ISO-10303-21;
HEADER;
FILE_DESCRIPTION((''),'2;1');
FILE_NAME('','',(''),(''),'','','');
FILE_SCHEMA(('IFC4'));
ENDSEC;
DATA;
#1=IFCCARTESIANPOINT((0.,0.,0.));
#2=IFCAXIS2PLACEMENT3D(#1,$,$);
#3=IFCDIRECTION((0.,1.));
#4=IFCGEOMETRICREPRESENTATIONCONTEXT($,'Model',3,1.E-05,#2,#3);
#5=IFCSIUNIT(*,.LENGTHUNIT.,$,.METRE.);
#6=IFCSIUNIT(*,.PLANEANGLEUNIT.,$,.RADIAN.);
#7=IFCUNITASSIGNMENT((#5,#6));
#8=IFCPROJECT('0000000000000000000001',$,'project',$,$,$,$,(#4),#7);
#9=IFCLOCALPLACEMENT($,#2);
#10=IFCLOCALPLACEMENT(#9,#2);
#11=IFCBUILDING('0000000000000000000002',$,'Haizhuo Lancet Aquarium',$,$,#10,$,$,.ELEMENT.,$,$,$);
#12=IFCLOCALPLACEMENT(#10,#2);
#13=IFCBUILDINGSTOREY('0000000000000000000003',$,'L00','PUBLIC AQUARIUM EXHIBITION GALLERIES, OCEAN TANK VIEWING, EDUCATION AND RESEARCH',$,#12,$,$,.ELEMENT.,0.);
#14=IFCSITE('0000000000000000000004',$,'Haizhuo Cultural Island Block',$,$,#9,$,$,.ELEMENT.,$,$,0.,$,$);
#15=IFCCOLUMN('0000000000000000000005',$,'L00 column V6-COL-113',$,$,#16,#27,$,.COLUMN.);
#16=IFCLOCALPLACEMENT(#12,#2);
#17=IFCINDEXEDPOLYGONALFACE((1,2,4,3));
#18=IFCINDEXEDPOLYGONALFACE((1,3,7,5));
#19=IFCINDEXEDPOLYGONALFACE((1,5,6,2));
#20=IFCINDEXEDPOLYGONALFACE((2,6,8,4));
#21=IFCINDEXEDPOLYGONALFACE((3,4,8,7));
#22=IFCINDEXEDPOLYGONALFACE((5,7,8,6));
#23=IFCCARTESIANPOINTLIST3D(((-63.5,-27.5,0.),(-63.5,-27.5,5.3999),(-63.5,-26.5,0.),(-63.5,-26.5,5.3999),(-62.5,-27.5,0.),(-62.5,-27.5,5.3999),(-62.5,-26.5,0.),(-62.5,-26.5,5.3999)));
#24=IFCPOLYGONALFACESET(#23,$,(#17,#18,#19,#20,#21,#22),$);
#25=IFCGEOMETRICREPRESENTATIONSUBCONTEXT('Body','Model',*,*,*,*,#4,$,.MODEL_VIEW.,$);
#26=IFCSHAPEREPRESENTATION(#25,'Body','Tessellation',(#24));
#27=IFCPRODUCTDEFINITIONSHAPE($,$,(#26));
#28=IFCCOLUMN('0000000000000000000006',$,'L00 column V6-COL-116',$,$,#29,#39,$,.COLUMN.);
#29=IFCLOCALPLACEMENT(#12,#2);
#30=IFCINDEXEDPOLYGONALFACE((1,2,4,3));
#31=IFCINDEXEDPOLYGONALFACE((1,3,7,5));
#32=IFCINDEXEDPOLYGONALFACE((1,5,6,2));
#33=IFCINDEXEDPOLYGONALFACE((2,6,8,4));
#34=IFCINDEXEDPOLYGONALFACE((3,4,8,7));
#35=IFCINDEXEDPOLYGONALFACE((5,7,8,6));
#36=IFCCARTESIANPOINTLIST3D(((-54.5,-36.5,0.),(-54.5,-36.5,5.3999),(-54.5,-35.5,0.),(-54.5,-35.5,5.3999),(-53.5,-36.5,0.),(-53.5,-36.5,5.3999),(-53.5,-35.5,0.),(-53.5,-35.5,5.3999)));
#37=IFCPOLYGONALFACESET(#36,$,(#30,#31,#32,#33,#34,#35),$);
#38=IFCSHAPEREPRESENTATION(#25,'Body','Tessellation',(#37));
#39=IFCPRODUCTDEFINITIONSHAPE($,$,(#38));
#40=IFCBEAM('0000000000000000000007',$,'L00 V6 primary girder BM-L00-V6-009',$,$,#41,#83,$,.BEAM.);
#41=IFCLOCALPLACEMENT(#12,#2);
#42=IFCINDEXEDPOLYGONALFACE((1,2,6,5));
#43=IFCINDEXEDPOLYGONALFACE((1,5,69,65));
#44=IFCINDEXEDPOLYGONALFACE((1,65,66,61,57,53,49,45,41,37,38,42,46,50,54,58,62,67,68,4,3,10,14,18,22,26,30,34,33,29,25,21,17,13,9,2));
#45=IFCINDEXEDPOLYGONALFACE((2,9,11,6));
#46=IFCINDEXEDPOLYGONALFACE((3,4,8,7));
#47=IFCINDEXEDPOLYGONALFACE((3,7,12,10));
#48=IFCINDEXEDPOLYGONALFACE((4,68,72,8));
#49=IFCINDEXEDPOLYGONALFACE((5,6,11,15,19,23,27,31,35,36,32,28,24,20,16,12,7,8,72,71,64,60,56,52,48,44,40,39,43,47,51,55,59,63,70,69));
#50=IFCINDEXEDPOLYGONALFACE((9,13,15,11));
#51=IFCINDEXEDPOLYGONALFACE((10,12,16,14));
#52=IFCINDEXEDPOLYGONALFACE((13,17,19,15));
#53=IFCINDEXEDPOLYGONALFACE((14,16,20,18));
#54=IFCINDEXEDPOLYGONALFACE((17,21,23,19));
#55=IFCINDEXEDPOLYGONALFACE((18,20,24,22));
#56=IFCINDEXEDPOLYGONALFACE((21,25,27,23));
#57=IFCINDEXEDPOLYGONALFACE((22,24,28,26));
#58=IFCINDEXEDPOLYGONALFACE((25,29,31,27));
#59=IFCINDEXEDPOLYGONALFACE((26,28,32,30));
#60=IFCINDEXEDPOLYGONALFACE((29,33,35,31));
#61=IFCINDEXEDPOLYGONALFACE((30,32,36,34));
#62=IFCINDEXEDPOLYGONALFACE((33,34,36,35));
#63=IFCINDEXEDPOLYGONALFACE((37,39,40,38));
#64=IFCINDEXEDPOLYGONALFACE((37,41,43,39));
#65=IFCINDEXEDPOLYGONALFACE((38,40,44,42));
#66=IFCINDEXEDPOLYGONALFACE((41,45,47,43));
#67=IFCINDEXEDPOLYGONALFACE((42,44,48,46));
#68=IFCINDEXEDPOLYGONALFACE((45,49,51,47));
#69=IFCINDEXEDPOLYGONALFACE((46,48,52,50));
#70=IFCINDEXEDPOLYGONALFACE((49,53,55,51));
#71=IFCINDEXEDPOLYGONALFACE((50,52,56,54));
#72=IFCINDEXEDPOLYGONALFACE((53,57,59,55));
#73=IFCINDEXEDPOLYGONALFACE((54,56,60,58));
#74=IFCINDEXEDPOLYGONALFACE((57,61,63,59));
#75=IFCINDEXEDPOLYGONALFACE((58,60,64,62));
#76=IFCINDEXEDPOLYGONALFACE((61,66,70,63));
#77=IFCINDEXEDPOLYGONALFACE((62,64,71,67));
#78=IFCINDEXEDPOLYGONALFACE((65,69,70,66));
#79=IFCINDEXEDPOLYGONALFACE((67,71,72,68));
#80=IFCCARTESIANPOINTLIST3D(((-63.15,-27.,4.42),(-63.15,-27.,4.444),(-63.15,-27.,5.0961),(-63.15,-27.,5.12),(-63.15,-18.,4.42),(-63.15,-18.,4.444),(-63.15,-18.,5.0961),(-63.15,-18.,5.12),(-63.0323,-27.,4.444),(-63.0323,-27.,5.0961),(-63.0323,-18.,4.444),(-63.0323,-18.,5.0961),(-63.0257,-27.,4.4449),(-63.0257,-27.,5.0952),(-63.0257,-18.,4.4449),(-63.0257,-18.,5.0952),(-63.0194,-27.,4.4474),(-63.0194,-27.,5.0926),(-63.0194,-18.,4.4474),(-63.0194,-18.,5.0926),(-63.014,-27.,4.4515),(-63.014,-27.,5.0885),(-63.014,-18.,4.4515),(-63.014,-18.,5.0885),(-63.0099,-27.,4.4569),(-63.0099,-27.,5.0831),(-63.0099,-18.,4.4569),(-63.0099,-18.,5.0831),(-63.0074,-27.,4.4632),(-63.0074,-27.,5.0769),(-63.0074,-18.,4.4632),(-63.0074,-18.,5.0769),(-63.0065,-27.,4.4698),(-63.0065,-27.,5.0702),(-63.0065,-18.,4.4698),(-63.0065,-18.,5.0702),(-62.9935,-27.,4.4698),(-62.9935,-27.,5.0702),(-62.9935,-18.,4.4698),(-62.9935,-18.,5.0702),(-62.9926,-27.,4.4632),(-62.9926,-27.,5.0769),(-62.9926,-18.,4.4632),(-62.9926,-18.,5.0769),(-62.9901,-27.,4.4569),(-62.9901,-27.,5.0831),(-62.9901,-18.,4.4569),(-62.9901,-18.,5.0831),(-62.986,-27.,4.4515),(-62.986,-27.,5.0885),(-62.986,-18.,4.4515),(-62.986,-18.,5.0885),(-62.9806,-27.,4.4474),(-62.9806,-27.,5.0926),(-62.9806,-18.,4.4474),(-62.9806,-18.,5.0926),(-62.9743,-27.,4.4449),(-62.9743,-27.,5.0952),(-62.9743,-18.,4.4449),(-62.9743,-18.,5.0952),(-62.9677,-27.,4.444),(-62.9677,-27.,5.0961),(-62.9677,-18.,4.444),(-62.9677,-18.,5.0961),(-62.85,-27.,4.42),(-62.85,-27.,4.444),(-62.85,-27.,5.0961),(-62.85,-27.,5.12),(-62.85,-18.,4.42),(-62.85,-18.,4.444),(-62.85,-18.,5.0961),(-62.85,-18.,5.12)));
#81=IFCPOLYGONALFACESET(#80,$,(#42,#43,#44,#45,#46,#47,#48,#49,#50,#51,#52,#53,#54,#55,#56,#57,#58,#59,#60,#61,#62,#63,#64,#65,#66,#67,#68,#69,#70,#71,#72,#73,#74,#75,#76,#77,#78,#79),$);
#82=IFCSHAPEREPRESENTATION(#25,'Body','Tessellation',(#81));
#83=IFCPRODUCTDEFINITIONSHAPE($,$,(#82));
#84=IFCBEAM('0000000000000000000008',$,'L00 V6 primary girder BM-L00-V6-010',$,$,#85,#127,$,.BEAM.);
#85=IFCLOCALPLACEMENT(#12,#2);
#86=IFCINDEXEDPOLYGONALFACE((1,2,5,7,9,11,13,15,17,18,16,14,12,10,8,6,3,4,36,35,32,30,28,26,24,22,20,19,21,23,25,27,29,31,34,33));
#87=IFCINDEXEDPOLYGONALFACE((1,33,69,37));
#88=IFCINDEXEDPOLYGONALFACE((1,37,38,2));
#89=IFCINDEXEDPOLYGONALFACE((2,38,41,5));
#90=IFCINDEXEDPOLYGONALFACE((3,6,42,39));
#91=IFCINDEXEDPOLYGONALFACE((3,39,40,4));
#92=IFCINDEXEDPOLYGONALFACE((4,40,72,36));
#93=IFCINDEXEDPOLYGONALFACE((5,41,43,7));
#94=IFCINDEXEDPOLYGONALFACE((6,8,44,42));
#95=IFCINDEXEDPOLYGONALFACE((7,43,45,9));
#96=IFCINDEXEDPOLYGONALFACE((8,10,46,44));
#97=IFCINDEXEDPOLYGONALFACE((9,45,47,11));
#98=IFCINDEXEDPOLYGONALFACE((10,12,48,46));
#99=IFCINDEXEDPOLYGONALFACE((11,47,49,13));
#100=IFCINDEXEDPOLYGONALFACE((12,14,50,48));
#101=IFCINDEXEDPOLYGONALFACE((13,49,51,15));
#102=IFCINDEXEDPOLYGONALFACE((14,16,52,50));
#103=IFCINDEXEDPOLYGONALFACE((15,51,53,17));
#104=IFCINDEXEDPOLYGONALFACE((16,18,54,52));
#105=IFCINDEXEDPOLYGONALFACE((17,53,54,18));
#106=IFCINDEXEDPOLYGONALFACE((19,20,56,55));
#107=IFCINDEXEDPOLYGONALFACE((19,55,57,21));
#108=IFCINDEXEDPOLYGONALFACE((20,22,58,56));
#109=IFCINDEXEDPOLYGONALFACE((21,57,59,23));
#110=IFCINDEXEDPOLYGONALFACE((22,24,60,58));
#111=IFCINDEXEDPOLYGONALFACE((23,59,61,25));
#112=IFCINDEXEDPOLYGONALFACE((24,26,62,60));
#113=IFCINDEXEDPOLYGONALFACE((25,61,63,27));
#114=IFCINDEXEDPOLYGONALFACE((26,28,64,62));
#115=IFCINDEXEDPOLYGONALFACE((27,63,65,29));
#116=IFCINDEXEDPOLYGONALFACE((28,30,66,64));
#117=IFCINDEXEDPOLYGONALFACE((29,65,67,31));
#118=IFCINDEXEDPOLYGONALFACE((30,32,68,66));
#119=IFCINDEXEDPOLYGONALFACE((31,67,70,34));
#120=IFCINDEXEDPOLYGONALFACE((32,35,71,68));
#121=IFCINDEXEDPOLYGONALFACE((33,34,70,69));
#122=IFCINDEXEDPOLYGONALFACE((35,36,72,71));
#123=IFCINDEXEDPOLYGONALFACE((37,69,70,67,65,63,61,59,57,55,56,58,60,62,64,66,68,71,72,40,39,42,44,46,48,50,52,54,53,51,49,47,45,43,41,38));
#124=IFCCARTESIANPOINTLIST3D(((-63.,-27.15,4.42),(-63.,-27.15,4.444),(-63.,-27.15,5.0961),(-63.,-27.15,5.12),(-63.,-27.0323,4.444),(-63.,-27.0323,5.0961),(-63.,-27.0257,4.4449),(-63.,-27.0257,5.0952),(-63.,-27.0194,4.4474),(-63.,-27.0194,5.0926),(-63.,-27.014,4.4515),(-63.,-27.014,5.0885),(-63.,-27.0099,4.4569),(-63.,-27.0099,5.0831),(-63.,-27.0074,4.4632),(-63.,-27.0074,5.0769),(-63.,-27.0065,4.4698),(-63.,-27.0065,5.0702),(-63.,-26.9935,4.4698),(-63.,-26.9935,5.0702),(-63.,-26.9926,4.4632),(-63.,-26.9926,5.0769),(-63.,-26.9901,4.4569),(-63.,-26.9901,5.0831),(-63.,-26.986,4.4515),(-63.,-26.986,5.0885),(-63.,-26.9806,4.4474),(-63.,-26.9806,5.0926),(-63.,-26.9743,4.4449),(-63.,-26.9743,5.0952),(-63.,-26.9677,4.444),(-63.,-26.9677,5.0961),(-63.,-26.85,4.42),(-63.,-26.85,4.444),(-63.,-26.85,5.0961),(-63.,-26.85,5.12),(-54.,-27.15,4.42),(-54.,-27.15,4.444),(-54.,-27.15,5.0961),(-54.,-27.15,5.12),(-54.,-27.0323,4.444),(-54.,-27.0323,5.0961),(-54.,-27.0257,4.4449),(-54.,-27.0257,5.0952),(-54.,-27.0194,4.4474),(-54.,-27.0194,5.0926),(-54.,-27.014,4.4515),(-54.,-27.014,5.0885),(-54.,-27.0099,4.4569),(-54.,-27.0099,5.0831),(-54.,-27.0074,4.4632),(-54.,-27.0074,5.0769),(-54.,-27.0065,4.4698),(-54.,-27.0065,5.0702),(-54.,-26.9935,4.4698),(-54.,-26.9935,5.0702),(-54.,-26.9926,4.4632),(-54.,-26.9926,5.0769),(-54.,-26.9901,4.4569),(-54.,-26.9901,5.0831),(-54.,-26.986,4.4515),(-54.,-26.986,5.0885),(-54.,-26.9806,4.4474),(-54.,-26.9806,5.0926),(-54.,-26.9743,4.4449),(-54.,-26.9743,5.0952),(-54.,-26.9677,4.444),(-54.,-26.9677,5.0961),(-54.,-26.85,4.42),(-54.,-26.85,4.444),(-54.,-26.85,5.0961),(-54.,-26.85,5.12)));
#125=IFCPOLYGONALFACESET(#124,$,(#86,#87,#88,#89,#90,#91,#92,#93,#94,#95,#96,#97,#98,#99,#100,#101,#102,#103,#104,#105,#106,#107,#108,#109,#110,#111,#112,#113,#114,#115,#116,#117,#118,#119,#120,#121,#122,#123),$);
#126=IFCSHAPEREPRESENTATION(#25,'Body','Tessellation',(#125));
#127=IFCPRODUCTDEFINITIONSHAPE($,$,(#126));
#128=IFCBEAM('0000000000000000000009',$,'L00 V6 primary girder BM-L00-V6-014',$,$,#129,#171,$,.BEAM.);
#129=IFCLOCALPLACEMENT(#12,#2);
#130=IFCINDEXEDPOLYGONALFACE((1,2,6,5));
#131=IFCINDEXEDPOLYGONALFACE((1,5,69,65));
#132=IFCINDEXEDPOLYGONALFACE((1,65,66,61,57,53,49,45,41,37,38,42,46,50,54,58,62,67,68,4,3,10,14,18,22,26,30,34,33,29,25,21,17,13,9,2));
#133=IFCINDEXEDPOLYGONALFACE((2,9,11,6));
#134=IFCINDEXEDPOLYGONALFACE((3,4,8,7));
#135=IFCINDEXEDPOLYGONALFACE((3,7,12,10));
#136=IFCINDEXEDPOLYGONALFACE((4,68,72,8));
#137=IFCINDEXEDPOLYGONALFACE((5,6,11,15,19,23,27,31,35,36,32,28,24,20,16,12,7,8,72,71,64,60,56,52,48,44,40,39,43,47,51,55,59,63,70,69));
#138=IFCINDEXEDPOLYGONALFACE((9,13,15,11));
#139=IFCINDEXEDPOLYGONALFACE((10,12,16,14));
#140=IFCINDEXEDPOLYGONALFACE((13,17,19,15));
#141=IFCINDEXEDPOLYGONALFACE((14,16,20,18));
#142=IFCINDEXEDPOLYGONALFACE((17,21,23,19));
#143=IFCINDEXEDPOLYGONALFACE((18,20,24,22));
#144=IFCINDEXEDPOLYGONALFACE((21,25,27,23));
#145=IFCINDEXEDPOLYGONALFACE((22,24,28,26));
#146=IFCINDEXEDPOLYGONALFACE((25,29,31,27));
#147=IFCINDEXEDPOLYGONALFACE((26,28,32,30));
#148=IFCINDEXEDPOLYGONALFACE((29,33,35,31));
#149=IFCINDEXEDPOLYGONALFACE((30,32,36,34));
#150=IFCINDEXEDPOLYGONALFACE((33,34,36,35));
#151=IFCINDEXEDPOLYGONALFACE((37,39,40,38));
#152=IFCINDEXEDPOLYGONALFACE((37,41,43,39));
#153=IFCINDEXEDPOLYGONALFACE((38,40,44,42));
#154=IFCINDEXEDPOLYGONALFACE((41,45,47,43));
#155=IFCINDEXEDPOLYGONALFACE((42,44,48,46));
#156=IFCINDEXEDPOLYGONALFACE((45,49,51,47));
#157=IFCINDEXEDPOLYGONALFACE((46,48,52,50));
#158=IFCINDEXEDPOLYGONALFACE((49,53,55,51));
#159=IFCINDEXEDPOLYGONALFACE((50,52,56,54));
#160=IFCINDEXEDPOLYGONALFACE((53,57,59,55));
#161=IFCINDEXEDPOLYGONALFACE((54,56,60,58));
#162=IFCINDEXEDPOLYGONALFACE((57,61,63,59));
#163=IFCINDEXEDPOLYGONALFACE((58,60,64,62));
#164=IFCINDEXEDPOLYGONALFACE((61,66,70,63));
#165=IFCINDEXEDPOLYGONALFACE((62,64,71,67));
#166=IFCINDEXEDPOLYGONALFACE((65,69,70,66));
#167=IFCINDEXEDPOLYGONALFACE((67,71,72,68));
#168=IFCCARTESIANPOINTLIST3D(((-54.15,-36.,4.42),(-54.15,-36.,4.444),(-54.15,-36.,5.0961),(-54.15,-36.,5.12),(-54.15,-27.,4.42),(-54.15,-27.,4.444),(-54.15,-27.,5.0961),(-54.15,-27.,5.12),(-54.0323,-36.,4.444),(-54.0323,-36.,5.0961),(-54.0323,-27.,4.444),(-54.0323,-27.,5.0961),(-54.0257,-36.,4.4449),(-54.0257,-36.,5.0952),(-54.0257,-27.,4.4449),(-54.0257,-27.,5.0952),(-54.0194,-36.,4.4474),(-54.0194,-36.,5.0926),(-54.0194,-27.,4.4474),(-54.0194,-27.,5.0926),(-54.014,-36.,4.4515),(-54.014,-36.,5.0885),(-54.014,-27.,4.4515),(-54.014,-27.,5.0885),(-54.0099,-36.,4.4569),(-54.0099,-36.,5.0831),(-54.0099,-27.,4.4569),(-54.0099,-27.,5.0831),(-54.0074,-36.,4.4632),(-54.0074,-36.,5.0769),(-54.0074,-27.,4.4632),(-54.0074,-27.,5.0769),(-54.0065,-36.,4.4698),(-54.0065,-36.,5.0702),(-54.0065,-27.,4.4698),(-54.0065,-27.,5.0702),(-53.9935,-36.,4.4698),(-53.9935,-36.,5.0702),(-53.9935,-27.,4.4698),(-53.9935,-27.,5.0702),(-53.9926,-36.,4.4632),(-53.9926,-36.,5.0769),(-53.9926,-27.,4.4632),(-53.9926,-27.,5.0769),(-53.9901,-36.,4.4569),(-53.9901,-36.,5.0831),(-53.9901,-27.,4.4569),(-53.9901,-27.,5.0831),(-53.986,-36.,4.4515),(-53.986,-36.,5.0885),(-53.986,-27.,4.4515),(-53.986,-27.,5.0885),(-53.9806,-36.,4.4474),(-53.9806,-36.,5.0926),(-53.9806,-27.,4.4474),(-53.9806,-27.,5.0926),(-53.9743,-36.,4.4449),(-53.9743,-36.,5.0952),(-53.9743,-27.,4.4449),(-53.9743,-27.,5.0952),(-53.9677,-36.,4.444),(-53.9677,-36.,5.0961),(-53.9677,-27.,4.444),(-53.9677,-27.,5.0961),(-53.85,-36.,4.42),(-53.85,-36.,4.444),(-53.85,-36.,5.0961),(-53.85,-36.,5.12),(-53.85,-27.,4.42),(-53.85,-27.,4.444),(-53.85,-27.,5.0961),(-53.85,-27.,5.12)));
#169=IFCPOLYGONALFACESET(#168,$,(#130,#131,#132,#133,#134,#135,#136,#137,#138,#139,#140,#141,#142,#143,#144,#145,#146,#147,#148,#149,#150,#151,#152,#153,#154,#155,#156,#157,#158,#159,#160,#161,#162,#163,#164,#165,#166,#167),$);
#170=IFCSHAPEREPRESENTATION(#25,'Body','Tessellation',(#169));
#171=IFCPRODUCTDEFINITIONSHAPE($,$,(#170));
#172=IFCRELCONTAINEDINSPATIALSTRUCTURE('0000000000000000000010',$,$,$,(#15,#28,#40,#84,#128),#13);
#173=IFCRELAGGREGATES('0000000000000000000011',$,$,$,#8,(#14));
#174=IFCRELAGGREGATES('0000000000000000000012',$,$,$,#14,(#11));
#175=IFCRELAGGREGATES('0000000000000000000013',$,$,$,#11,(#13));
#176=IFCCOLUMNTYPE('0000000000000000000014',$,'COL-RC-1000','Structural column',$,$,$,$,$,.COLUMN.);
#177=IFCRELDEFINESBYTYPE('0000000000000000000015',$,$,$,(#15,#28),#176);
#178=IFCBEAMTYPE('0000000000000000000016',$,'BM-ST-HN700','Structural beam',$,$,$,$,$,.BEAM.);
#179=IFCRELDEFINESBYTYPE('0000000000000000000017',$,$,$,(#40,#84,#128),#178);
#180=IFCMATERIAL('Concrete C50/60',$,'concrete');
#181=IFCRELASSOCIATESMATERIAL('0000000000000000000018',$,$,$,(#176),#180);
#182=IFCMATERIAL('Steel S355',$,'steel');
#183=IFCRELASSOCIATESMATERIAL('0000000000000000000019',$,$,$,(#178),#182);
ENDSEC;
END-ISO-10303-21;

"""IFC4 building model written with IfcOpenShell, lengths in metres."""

from ifc_helpers import new_model, si_unit, direction, frame, origin, origin_2d, place, context, subcontext, project, spatial, rectangle, i_section, extrude, material, material_profile, profile_set, type_object, element, save


model = new_model("IFC4")

# Units and contexts
model_context = context("Model", 3, precision=1e-05, world=origin(), true_north=direction((0.0, 1.0)))
body_context = subcontext(model_context, "Body", "Model", "MODEL_VIEW")
ifc_project = project(units=[si_unit("LENGTHUNIT", "METRE"), si_unit("PLANEANGLEUNIT", "RADIAN")], contexts=[model_context])

# Site, building, storey
site_placement = place(None, origin())
site = spatial("IfcSite", under=ifc_project, at=site_placement, Name="Haizhuo Cultural Island Block", CompositionType="ELEMENT", RefElevation=0.0)
building_placement = place(site_placement, origin())
building = spatial("IfcBuilding", under=site, at=building_placement, Name="Haizhuo Lancet Aquarium", CompositionType="ELEMENT")
storey_placement = place(building_placement, origin())
storey = spatial("IfcBuildingStorey", under=building, at=storey_placement, Name="L00", Description="PUBLIC AQUARIUM EXHIBITION GALLERIES, OCEAN TANK VIEWING, EDUCATION AND RESEARCH", CompositionType="ELEMENT", Elevation=0.0)

# Columns
ifc_material_1 = material(Name="Concrete C50/60", Category="concrete")
ifc_material_profile_1 = material_profile(ifc_material_1, rectangle(XDim=1.0, YDim=1.0, at=origin_2d()), Name="RC-COL 1000x1000")
ifc_profile_set_1 = profile_set([ifc_material_profile_1], Name="Concrete C50/60")
column_type = type_object("IfcColumnType", Name="COL-RC-1000", Description="Structural column", PredefinedType="COLUMN", material=ifc_profile_set_1)
for number, where, z_axis, x_axis, name in (
    (1, (-63.0, -27.0, 0.0), (0.0, 0.0, 1.0), (1.0, 0.0, 0.0), "L00 column V6-COL-113"),
    (2, (-54.0, -36.0, 0.0), (0.0, 0.0, 1.0), (1.0, 0.0, 0.0), "L00 column V6-COL-116"),
):
    element("IfcColumn", number, at=place(storey_placement, frame(where, z_axis=z_axis, x_axis=x_axis)), inside=storey, type_object=column_type, Name=name, PredefinedType="COLUMN", context=body_context, shape_type="SweptSolid", body=[
        extrude(rectangle(XDim=1.0, YDim=1.0, at=origin_2d()), origin(), (0.0, 0.0, 1.0), 5.3999),
    ])

# Beams
ifc_material_2 = material(Name="Steel S355", Category="steel")
ifc_material_profile_2 = material_profile(ifc_material_2, i_section(OverallWidth=0.3, OverallDepth=0.7, WebThickness=0.0129, FlangeThickness=0.0239, FilletRadius=0.0259, at=origin_2d()), Name="HN 700x300x13x24")
ifc_profile_set_2 = profile_set([ifc_material_profile_2], Name="Steel S355")
beam_type_1 = type_object("IfcBeamType", Name="BM-ST-HN700", Description="Structural beam", PredefinedType="BEAM", material=ifc_profile_set_2)
for number, where, z_axis, x_axis, name in (
    (3, (-63.0, -27.0, 4.77), (0.0, 1.0, 0.0), (-1.0, 0.0, 0.0), "L00 V6 primary girder BM-L00-V6-009"),
    (4, (-63.0, -27.0, 4.77), (1.0, 0.0, 0.0), (0.0, 1.0, 0.0), "L00 V6 primary girder BM-L00-V6-010"),
    (5, (-54.0, -36.0, 4.77), (0.0, 1.0, 0.0), (-1.0, 0.0, 0.0), "L00 V6 primary girder BM-L00-V6-014"),
):
    element("IfcBeam", number, at=place(storey_placement, frame(where, z_axis=z_axis, x_axis=x_axis)), inside=storey, type_object=beam_type_1, Name=name, PredefinedType="BEAM", context=body_context, shape_type="SweptSolid", body=[
        extrude(i_section(OverallWidth=0.3, OverallDepth=0.7, WebThickness=0.0129, FlangeThickness=0.0239, FilletRadius=0.0259, at=origin_2d()), origin(), (0.0, 0.0, 1.0), 9.0),
    ])

save(model, "model.ifc")
